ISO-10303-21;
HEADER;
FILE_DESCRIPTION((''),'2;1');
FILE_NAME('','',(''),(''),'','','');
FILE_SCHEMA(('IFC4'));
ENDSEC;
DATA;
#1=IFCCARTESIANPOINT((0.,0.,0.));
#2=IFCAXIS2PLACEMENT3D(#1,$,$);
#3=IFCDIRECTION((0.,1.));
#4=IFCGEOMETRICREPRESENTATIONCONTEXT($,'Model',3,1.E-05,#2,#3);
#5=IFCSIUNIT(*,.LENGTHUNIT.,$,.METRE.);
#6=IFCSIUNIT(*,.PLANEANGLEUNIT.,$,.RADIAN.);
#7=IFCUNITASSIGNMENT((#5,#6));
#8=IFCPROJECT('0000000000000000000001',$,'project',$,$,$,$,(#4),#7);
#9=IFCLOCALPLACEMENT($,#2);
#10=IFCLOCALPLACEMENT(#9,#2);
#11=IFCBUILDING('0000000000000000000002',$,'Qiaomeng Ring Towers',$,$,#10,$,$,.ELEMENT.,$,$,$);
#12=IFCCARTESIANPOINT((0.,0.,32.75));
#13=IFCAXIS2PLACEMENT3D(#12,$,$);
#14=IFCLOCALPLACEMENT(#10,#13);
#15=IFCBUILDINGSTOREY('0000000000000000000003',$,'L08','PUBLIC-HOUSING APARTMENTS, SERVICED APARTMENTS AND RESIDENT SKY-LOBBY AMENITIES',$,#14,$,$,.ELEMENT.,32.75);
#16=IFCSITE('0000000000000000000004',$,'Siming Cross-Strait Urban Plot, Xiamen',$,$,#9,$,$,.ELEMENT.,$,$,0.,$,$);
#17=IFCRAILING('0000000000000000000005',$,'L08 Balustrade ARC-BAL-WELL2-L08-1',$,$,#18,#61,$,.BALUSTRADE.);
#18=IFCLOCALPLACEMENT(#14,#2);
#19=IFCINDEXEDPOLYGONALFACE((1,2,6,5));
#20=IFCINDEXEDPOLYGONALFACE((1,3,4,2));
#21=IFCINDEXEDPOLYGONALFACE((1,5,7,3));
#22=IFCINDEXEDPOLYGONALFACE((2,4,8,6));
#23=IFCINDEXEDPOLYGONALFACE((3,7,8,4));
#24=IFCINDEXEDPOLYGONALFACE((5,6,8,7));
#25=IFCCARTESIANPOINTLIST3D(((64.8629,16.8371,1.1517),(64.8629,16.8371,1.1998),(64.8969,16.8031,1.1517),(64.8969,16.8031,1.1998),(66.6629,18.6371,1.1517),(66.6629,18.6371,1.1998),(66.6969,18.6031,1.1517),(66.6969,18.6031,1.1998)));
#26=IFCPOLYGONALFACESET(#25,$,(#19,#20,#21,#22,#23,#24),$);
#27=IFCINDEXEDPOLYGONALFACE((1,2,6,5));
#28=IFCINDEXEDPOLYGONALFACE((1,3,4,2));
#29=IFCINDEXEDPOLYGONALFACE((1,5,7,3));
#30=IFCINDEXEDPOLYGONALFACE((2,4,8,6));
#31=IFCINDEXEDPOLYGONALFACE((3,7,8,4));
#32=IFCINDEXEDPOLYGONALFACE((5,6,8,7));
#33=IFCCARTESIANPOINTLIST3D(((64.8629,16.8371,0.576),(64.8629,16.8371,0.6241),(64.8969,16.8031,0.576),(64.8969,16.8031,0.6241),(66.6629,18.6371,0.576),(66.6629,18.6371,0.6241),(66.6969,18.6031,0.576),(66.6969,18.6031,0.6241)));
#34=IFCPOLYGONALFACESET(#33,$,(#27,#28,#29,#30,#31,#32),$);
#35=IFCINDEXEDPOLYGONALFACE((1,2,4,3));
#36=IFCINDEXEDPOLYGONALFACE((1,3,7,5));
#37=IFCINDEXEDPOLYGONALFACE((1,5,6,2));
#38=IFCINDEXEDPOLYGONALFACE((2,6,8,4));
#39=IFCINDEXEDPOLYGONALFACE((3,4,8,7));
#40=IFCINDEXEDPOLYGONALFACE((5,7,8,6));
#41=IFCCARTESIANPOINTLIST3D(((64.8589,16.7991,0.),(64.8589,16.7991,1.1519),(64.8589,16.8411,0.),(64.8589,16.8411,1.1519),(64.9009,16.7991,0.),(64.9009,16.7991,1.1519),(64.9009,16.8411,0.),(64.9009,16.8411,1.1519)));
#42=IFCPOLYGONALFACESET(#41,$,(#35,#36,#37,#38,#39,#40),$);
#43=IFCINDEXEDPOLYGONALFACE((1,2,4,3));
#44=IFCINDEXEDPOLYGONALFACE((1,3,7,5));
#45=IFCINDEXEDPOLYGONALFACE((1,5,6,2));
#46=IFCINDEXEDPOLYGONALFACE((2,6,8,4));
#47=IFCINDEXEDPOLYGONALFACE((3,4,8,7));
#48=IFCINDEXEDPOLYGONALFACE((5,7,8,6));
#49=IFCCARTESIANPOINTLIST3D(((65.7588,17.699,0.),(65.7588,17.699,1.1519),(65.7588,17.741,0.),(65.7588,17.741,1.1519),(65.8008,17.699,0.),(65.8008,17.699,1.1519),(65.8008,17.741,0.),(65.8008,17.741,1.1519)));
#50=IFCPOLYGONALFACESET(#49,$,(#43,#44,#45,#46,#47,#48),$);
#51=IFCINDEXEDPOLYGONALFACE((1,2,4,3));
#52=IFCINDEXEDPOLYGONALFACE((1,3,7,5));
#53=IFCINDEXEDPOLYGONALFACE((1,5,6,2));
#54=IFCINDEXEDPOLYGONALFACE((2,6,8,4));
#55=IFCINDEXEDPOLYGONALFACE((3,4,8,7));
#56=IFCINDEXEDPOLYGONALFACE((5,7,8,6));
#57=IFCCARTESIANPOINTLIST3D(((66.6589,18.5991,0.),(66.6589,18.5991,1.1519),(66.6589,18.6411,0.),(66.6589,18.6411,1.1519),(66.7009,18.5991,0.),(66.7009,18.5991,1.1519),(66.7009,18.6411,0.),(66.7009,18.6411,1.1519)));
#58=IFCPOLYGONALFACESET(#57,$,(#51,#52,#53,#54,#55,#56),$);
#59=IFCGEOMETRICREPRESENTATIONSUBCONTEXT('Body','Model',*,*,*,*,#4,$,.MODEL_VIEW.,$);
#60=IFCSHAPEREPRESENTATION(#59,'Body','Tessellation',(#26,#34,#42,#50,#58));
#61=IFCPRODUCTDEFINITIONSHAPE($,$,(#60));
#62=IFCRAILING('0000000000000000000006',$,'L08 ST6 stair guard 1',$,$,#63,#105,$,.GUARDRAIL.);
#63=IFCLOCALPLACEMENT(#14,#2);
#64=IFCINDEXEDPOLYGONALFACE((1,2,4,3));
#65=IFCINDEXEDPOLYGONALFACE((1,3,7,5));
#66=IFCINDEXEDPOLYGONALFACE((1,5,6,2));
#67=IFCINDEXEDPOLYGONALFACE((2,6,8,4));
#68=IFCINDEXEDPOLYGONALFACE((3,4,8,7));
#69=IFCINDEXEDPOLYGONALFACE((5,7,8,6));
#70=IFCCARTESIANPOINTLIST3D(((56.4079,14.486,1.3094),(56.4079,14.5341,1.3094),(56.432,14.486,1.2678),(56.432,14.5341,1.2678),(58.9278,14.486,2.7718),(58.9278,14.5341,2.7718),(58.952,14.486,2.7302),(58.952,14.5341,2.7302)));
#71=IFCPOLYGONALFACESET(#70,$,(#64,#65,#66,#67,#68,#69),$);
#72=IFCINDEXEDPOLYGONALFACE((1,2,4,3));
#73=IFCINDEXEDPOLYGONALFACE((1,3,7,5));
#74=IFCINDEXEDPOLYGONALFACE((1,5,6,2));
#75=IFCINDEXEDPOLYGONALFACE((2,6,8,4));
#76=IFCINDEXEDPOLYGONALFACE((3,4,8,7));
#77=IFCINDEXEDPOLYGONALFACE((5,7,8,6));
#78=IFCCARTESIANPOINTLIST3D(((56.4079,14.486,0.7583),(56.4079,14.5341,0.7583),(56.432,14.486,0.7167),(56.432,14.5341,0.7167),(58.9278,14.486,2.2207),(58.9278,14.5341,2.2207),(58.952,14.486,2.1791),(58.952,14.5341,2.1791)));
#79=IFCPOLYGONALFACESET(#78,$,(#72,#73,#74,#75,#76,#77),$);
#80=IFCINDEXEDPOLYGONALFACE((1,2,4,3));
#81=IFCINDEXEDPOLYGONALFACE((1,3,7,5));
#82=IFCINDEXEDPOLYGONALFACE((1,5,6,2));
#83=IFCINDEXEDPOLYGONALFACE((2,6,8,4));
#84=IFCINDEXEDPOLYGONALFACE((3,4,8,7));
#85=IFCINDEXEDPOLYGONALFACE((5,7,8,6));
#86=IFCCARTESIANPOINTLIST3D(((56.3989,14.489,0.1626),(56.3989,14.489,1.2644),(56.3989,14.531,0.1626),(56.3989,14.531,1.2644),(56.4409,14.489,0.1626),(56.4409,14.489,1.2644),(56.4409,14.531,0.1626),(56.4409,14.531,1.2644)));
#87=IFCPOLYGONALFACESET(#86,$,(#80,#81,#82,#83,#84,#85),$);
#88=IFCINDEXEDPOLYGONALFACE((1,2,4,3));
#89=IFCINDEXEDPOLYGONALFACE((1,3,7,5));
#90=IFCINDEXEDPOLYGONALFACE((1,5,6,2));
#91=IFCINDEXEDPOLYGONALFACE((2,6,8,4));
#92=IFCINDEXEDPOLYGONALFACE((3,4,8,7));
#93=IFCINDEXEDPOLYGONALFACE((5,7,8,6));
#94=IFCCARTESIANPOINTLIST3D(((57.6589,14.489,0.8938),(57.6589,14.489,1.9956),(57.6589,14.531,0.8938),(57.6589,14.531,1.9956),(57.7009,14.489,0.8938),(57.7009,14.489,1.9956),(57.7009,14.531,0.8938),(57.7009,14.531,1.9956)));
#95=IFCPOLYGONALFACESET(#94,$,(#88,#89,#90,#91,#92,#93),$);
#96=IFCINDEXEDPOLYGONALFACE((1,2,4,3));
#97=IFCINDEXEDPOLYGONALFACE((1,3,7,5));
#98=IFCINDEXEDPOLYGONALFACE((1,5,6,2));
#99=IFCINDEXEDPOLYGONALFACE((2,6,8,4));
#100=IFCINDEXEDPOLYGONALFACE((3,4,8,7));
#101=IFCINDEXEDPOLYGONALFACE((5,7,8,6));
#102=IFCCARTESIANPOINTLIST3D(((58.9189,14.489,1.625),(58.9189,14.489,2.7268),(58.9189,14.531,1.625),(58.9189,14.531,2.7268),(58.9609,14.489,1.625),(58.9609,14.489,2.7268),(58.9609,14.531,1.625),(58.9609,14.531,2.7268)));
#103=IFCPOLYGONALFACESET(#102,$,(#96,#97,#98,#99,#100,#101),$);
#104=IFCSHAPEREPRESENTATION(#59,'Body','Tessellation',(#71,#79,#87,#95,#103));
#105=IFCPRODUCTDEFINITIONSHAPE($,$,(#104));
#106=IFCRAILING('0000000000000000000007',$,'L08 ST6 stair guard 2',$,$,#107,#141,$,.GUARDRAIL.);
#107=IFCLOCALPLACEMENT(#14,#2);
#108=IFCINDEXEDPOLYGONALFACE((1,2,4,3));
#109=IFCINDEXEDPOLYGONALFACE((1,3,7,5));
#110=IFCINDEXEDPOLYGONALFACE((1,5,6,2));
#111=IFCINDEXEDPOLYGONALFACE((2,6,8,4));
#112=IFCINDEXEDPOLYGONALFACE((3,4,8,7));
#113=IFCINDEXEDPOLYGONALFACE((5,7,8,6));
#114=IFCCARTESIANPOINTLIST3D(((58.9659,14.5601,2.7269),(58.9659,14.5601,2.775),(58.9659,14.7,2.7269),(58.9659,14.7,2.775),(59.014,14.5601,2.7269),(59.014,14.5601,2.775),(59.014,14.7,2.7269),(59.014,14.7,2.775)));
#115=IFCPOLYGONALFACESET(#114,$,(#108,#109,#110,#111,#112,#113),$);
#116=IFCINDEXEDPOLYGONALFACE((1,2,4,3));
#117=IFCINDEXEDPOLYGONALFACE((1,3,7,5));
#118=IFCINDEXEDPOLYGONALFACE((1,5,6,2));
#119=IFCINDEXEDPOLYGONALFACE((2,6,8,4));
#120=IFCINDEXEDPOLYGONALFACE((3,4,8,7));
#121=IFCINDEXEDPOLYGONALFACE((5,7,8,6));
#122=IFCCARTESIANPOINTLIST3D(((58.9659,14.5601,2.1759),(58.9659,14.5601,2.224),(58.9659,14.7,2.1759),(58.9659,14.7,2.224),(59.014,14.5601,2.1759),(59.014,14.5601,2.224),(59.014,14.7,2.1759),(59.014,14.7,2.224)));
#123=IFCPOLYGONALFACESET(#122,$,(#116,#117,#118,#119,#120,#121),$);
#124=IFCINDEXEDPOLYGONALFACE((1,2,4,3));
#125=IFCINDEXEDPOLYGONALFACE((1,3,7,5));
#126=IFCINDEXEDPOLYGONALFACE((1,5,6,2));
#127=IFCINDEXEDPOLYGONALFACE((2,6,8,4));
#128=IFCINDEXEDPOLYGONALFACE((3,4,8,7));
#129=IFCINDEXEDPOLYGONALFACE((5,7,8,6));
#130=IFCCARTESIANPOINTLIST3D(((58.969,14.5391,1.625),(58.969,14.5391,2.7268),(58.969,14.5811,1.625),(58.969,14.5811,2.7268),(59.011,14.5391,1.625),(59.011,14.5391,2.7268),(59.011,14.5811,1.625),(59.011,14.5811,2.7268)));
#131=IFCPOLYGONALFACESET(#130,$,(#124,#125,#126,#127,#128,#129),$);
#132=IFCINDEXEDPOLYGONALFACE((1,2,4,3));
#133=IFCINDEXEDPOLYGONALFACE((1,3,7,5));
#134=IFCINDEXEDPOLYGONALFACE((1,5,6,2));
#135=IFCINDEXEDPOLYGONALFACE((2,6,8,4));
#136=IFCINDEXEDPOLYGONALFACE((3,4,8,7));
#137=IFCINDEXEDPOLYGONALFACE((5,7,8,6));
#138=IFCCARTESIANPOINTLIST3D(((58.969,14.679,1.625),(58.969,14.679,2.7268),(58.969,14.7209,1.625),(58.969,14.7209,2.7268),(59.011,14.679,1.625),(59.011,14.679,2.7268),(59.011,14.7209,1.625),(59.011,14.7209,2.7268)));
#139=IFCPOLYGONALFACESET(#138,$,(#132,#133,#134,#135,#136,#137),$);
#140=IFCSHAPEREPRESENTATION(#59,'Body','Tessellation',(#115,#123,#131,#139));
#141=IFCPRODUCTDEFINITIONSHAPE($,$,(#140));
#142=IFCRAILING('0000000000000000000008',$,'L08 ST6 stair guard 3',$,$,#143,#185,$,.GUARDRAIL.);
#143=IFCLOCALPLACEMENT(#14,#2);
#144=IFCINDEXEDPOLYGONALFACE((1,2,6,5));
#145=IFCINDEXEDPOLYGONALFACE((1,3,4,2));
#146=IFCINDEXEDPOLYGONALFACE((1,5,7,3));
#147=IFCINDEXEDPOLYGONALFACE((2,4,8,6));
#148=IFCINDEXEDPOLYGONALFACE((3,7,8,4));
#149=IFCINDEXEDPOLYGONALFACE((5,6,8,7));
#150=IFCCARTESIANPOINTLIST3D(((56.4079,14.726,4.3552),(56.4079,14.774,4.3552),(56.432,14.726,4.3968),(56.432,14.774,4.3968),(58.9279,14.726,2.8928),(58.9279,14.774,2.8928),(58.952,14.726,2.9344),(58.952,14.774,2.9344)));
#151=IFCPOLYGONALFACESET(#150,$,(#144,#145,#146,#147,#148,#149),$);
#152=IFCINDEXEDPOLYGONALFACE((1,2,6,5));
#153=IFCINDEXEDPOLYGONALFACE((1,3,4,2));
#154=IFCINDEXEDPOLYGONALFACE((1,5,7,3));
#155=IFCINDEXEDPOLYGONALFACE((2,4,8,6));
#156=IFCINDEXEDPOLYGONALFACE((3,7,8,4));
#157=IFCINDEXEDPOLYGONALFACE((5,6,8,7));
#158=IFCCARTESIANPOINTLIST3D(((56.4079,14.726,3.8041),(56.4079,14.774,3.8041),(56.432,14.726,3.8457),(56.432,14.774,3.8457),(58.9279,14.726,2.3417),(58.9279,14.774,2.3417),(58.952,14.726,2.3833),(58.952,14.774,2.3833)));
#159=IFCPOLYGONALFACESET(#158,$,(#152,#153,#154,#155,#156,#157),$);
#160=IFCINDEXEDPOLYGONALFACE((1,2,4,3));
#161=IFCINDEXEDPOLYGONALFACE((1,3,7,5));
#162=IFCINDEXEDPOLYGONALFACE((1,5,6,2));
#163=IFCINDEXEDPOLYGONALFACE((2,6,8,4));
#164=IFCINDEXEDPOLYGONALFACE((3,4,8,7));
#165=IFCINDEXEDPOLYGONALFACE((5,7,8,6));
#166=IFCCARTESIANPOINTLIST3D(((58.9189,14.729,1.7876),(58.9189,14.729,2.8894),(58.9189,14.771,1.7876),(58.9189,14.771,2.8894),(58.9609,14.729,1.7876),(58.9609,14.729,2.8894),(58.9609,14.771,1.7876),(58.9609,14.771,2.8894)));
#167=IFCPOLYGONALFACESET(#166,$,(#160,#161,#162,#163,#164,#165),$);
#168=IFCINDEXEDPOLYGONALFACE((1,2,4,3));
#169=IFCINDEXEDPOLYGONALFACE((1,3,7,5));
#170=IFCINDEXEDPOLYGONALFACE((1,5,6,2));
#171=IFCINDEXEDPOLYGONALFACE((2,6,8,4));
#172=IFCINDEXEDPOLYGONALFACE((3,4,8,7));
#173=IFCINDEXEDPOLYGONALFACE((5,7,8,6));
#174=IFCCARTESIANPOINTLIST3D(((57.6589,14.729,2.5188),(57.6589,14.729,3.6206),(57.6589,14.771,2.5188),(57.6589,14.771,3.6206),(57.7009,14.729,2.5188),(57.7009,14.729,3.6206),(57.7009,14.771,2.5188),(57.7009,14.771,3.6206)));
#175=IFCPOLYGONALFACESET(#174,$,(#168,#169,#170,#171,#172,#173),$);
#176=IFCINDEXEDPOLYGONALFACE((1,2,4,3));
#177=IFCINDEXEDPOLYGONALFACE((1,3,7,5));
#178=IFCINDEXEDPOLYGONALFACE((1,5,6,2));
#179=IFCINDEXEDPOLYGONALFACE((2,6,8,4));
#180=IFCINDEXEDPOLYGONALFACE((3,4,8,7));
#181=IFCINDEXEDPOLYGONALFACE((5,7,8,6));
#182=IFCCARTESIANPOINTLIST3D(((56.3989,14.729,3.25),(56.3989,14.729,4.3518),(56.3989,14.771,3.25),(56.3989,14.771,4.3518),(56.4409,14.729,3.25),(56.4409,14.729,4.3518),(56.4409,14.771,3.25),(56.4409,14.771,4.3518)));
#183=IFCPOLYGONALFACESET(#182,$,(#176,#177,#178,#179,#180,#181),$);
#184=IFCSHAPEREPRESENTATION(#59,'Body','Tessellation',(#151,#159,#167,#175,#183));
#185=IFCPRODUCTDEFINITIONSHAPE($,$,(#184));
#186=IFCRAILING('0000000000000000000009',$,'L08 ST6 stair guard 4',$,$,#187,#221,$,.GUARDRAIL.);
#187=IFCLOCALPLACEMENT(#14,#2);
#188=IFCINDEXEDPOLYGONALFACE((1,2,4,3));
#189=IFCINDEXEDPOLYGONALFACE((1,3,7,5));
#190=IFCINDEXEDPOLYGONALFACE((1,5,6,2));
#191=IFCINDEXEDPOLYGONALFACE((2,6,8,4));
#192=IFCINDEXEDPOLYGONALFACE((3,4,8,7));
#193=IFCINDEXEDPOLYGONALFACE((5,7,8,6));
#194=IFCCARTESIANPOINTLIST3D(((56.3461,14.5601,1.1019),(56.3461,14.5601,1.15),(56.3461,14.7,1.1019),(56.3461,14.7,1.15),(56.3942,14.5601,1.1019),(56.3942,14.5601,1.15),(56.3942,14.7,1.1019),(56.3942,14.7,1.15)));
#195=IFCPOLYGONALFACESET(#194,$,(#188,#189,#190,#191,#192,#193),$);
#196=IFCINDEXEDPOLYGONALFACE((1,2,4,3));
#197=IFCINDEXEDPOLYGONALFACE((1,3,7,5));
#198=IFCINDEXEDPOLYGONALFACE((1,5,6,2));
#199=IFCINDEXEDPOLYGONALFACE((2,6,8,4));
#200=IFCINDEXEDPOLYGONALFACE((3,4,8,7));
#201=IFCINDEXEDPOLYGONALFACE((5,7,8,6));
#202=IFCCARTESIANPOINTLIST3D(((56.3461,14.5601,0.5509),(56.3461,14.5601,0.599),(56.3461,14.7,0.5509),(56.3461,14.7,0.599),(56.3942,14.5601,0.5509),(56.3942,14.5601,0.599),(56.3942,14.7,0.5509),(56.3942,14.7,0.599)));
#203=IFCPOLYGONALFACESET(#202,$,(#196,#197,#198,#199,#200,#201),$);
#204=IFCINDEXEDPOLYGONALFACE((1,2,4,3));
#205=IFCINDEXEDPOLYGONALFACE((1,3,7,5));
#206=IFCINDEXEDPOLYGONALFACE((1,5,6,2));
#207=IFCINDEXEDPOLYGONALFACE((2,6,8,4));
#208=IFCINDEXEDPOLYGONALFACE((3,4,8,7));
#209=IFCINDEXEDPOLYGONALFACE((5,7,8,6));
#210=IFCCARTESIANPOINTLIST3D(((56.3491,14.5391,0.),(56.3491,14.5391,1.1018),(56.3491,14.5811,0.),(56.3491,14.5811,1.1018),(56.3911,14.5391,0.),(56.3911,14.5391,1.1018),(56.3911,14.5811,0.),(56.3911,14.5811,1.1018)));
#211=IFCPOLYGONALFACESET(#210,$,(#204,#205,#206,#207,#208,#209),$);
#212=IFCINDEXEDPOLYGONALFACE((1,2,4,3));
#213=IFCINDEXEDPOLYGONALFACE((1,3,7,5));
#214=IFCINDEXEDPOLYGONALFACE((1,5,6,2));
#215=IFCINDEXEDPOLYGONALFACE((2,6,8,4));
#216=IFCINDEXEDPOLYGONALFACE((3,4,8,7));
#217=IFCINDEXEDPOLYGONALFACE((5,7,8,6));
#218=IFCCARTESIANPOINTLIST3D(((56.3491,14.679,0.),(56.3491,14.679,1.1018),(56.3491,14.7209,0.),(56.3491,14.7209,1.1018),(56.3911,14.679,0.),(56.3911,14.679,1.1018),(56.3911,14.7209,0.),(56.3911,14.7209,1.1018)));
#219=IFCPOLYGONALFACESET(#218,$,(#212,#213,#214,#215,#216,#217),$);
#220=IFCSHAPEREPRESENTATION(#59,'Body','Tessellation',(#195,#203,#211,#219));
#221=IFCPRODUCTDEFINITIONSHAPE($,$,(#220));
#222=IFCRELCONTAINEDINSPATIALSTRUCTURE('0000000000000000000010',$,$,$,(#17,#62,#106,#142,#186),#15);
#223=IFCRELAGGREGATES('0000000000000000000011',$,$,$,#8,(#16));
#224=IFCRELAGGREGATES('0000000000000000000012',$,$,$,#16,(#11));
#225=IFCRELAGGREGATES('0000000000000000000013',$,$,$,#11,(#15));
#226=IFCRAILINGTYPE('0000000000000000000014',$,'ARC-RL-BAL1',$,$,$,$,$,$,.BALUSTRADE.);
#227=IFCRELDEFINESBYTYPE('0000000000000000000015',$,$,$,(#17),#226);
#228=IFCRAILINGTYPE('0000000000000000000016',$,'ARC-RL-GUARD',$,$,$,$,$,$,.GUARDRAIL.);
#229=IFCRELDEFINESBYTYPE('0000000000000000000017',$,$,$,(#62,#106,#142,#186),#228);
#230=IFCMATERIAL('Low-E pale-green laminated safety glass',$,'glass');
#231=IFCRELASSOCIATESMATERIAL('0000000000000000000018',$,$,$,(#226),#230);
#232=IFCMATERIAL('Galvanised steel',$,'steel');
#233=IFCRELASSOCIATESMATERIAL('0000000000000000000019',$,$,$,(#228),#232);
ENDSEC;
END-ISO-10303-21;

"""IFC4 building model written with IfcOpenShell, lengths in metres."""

from ifc_helpers import new_model, si_unit, direction, frame, origin, origin_2d, place, context, subcontext, project, spatial, rectangle, extrude, material, type_object, element, save


model = new_model("IFC4")

# Units and contexts
model_context = context("Model", 3, precision=1e-05, world=origin(), true_north=direction((0.0, 1.0)))
body_context = subcontext(model_context, "Body", "Model", "MODEL_VIEW")
ifc_project = project(units=[si_unit("LENGTHUNIT", "METRE"), si_unit("PLANEANGLEUNIT", "RADIAN")], contexts=[model_context])

# Site, building, storey
site_placement = place(None, origin())
site = spatial("IfcSite", under=ifc_project, at=site_placement, Name="Siming Cross-Strait Urban Plot, Xiamen", CompositionType="ELEMENT", RefElevation=0.0)
building_placement = place(site_placement, origin())
building = spatial("IfcBuilding", under=site, at=building_placement, Name="Qiaomeng Ring Towers", CompositionType="ELEMENT")
storey_placement = place(building_placement, frame((0.0, 0.0, 32.75)))
storey = spatial("IfcBuildingStorey", under=building, at=storey_placement, Name="L08", Description="PUBLIC-HOUSING APARTMENTS, SERVICED APARTMENTS AND RESIDENT SKY-LOBBY AMENITIES", CompositionType="ELEMENT", Elevation=32.75)

# Railings
ifc_material_1 = material(Name="Low-E pale-green laminated safety glass", Category="glass")
railing_type_1 = type_object("IfcRailingType", Name="ARC-RL-BAL1", PredefinedType="BALUSTRADE", material=ifc_material_1)
railing_1_placement = place(storey_placement, frame((64.8799, 16.8201, 0.0)))
element("IfcRailing", 1, at=railing_1_placement, inside=storey, type_object=railing_type_1, Name="L08 Balustrade ARC-BAL-WELL2-L08-1", PredefinedType="BALUSTRADE", context=body_context, shape_type="SweptSolid", body=[
    extrude(rectangle(XDim=0.0481, YDim=0.0481, at=origin_2d()), frame((0.0, 0.0, 1.1758), z_axis=(0.707107, 0.707107, 0.0), x_axis=(-0.707107, 0.707107, 0.0)), (0.0, 0.0, 1.0), 2.5457),
    extrude(rectangle(XDim=0.0481, YDim=0.0481, at=origin_2d()), frame((0.0, 0.0, 0.6001), z_axis=(0.707107, 0.707107, 0.0), x_axis=(-0.707107, 0.707107, 0.0)), (0.0, 0.0, 1.0), 2.5457),
    extrude(rectangle(XDim=0.042, YDim=0.042, at=origin_2d()), origin(), (0.0, 0.0, 1.0), 1.1519),
    extrude(rectangle(XDim=0.042, YDim=0.042, at=origin_2d()), frame((0.8999, 0.8999, 0.0)), (0.0, 0.0, 1.0), 1.1519),
    extrude(rectangle(XDim=0.042, YDim=0.042, at=origin_2d()), frame((1.8, 1.8, 0.0)), (0.0, 0.0, 1.0), 1.1519),
])
ifc_material_2 = material(Name="Galvanised steel", Category="steel")
railing_type_2 = type_object("IfcRailingType", Name="ARC-RL-GUARD", PredefinedType="GUARDRAIL", material=ifc_material_2)
railing_2_placement = place(storey_placement, frame((56.4199, 14.51, 0.1626)))
element("IfcRailing", 2, at=railing_2_placement, inside=storey, type_object=railing_type_2, Name="L08 ST6 stair guard 1", PredefinedType="GUARDRAIL", context=body_context, shape_type="SweptSolid", body=[
    extrude(rectangle(XDim=0.0481, YDim=0.0481, at=origin_2d()), frame((0.0, 0.0, 1.126), z_axis=(0.864913, 0.0, 0.501921), x_axis=(0.0, 1.0, 0.0)), (0.0, 0.0, 1.0), 2.9136),
    extrude(rectangle(XDim=0.0481, YDim=0.0481, at=origin_2d()), frame((0.0, 0.0, 0.575), z_axis=(0.864913, 0.0, 0.501921), x_axis=(0.0, 1.0, 0.0)), (0.0, 0.0, 1.0), 2.9136),
    extrude(rectangle(XDim=0.042, YDim=0.042, at=origin_2d()), origin(), (0.0, 0.0, 1.0), 1.1018),
    extrude(rectangle(XDim=0.042, YDim=0.042, at=origin_2d()), frame((1.26, 0.0, 0.7312)), (0.0, 0.0, 1.0), 1.1018),
    extrude(rectangle(XDim=0.042, YDim=0.042, at=origin_2d()), frame((2.52, 0.0, 1.4624)), (0.0, 0.0, 1.0), 1.1018),
])
railing_3_placement = place(storey_placement, frame((58.99, 14.5601, 1.625)))
element("IfcRailing", 3, at=railing_3_placement, inside=storey, type_object=railing_type_2, Name="L08 ST6 stair guard 2", PredefinedType="GUARDRAIL", context=body_context, shape_type="SweptSolid", body=[
    extrude(rectangle(XDim=0.0481, YDim=0.0481, at=origin_2d()), frame((0.0, 0.0, 1.126), z_axis=(0.0, 1.0, 0.0), x_axis=(-1.0, 0.0, 0.0)), (0.0, 0.0, 1.0), 0.1399),
    extrude(rectangle(XDim=0.0481, YDim=0.0481, at=origin_2d()), frame((0.0, 0.0, 0.575), z_axis=(0.0, 1.0, 0.0), x_axis=(-1.0, 0.0, 0.0)), (0.0, 0.0, 1.0), 0.1399),
    extrude(rectangle(XDim=0.042, YDim=0.042, at=origin_2d()), origin(), (0.0, 0.0, 1.0), 1.1018),
    extrude(rectangle(XDim=0.042, YDim=0.042, at=origin_2d()), frame((0.0, 0.1399, 0.0)), (0.0, 0.0, 1.0), 1.1018),
])
railing_4_placement = place(storey_placement, frame((58.9399, 14.75, 1.7876)))
element("IfcRailing", 4, at=railing_4_placement, inside=storey, type_object=railing_type_2, Name="L08 ST6 stair guard 3", PredefinedType="GUARDRAIL", context=body_context, shape_type="SweptSolid", body=[
    extrude(rectangle(XDim=0.0481, YDim=0.0481, at=origin_2d()), frame((0.0, 0.0, 1.126), z_axis=(-0.864913, 0.0, 0.501921), x_axis=(0.0, -1.0, 0.0)), (0.0, 0.0, 1.0), 2.9136),
    extrude(rectangle(XDim=0.0481, YDim=0.0481, at=origin_2d()), frame((0.0, 0.0, 0.575), z_axis=(-0.864913, 0.0, 0.501921), x_axis=(0.0, -1.0, 0.0)), (0.0, 0.0, 1.0), 2.9136),
    extrude(rectangle(XDim=0.042, YDim=0.042, at=origin_2d()), origin(), (0.0, 0.0, 1.0), 1.1018),
    extrude(rectangle(XDim=0.042, YDim=0.042, at=origin_2d()), frame((-1.26, 0.0, 0.7312)), (0.0, 0.0, 1.0), 1.1018),
    extrude(rectangle(XDim=0.042, YDim=0.042, at=origin_2d()), frame((-2.52, 0.0, 1.4624)), (0.0, 0.0, 1.0), 1.1018),
])
railing_5_placement = place(storey_placement, frame((56.3701, 14.5601, 0.0)))
element("IfcRailing", 5, at=railing_5_placement, inside=storey, type_object=railing_type_2, Name="L08 ST6 stair guard 4", PredefinedType="GUARDRAIL", context=body_context, shape_type="SweptSolid", body=[
    extrude(rectangle(XDim=0.0481, YDim=0.0481, at=origin_2d()), frame((0.0, 0.0, 1.126), z_axis=(0.0, 1.0, 0.0), x_axis=(-1.0, 0.0, 0.0)), (0.0, 0.0, 1.0), 0.1399),
    extrude(rectangle(XDim=0.0481, YDim=0.0481, at=origin_2d()), frame((0.0, 0.0, 0.575), z_axis=(0.0, 1.0, 0.0), x_axis=(-1.0, 0.0, 0.0)), (0.0, 0.0, 1.0), 0.1399),
    extrude(rectangle(XDim=0.042, YDim=0.042, at=origin_2d()), origin(), (0.0, 0.0, 1.0), 1.1018),
    extrude(rectangle(XDim=0.042, YDim=0.042, at=origin_2d()), frame((0.0, 0.1399, 0.0)), (0.0, 0.0, 1.0), 1.1018),
])

save(model, "model.ifc")
